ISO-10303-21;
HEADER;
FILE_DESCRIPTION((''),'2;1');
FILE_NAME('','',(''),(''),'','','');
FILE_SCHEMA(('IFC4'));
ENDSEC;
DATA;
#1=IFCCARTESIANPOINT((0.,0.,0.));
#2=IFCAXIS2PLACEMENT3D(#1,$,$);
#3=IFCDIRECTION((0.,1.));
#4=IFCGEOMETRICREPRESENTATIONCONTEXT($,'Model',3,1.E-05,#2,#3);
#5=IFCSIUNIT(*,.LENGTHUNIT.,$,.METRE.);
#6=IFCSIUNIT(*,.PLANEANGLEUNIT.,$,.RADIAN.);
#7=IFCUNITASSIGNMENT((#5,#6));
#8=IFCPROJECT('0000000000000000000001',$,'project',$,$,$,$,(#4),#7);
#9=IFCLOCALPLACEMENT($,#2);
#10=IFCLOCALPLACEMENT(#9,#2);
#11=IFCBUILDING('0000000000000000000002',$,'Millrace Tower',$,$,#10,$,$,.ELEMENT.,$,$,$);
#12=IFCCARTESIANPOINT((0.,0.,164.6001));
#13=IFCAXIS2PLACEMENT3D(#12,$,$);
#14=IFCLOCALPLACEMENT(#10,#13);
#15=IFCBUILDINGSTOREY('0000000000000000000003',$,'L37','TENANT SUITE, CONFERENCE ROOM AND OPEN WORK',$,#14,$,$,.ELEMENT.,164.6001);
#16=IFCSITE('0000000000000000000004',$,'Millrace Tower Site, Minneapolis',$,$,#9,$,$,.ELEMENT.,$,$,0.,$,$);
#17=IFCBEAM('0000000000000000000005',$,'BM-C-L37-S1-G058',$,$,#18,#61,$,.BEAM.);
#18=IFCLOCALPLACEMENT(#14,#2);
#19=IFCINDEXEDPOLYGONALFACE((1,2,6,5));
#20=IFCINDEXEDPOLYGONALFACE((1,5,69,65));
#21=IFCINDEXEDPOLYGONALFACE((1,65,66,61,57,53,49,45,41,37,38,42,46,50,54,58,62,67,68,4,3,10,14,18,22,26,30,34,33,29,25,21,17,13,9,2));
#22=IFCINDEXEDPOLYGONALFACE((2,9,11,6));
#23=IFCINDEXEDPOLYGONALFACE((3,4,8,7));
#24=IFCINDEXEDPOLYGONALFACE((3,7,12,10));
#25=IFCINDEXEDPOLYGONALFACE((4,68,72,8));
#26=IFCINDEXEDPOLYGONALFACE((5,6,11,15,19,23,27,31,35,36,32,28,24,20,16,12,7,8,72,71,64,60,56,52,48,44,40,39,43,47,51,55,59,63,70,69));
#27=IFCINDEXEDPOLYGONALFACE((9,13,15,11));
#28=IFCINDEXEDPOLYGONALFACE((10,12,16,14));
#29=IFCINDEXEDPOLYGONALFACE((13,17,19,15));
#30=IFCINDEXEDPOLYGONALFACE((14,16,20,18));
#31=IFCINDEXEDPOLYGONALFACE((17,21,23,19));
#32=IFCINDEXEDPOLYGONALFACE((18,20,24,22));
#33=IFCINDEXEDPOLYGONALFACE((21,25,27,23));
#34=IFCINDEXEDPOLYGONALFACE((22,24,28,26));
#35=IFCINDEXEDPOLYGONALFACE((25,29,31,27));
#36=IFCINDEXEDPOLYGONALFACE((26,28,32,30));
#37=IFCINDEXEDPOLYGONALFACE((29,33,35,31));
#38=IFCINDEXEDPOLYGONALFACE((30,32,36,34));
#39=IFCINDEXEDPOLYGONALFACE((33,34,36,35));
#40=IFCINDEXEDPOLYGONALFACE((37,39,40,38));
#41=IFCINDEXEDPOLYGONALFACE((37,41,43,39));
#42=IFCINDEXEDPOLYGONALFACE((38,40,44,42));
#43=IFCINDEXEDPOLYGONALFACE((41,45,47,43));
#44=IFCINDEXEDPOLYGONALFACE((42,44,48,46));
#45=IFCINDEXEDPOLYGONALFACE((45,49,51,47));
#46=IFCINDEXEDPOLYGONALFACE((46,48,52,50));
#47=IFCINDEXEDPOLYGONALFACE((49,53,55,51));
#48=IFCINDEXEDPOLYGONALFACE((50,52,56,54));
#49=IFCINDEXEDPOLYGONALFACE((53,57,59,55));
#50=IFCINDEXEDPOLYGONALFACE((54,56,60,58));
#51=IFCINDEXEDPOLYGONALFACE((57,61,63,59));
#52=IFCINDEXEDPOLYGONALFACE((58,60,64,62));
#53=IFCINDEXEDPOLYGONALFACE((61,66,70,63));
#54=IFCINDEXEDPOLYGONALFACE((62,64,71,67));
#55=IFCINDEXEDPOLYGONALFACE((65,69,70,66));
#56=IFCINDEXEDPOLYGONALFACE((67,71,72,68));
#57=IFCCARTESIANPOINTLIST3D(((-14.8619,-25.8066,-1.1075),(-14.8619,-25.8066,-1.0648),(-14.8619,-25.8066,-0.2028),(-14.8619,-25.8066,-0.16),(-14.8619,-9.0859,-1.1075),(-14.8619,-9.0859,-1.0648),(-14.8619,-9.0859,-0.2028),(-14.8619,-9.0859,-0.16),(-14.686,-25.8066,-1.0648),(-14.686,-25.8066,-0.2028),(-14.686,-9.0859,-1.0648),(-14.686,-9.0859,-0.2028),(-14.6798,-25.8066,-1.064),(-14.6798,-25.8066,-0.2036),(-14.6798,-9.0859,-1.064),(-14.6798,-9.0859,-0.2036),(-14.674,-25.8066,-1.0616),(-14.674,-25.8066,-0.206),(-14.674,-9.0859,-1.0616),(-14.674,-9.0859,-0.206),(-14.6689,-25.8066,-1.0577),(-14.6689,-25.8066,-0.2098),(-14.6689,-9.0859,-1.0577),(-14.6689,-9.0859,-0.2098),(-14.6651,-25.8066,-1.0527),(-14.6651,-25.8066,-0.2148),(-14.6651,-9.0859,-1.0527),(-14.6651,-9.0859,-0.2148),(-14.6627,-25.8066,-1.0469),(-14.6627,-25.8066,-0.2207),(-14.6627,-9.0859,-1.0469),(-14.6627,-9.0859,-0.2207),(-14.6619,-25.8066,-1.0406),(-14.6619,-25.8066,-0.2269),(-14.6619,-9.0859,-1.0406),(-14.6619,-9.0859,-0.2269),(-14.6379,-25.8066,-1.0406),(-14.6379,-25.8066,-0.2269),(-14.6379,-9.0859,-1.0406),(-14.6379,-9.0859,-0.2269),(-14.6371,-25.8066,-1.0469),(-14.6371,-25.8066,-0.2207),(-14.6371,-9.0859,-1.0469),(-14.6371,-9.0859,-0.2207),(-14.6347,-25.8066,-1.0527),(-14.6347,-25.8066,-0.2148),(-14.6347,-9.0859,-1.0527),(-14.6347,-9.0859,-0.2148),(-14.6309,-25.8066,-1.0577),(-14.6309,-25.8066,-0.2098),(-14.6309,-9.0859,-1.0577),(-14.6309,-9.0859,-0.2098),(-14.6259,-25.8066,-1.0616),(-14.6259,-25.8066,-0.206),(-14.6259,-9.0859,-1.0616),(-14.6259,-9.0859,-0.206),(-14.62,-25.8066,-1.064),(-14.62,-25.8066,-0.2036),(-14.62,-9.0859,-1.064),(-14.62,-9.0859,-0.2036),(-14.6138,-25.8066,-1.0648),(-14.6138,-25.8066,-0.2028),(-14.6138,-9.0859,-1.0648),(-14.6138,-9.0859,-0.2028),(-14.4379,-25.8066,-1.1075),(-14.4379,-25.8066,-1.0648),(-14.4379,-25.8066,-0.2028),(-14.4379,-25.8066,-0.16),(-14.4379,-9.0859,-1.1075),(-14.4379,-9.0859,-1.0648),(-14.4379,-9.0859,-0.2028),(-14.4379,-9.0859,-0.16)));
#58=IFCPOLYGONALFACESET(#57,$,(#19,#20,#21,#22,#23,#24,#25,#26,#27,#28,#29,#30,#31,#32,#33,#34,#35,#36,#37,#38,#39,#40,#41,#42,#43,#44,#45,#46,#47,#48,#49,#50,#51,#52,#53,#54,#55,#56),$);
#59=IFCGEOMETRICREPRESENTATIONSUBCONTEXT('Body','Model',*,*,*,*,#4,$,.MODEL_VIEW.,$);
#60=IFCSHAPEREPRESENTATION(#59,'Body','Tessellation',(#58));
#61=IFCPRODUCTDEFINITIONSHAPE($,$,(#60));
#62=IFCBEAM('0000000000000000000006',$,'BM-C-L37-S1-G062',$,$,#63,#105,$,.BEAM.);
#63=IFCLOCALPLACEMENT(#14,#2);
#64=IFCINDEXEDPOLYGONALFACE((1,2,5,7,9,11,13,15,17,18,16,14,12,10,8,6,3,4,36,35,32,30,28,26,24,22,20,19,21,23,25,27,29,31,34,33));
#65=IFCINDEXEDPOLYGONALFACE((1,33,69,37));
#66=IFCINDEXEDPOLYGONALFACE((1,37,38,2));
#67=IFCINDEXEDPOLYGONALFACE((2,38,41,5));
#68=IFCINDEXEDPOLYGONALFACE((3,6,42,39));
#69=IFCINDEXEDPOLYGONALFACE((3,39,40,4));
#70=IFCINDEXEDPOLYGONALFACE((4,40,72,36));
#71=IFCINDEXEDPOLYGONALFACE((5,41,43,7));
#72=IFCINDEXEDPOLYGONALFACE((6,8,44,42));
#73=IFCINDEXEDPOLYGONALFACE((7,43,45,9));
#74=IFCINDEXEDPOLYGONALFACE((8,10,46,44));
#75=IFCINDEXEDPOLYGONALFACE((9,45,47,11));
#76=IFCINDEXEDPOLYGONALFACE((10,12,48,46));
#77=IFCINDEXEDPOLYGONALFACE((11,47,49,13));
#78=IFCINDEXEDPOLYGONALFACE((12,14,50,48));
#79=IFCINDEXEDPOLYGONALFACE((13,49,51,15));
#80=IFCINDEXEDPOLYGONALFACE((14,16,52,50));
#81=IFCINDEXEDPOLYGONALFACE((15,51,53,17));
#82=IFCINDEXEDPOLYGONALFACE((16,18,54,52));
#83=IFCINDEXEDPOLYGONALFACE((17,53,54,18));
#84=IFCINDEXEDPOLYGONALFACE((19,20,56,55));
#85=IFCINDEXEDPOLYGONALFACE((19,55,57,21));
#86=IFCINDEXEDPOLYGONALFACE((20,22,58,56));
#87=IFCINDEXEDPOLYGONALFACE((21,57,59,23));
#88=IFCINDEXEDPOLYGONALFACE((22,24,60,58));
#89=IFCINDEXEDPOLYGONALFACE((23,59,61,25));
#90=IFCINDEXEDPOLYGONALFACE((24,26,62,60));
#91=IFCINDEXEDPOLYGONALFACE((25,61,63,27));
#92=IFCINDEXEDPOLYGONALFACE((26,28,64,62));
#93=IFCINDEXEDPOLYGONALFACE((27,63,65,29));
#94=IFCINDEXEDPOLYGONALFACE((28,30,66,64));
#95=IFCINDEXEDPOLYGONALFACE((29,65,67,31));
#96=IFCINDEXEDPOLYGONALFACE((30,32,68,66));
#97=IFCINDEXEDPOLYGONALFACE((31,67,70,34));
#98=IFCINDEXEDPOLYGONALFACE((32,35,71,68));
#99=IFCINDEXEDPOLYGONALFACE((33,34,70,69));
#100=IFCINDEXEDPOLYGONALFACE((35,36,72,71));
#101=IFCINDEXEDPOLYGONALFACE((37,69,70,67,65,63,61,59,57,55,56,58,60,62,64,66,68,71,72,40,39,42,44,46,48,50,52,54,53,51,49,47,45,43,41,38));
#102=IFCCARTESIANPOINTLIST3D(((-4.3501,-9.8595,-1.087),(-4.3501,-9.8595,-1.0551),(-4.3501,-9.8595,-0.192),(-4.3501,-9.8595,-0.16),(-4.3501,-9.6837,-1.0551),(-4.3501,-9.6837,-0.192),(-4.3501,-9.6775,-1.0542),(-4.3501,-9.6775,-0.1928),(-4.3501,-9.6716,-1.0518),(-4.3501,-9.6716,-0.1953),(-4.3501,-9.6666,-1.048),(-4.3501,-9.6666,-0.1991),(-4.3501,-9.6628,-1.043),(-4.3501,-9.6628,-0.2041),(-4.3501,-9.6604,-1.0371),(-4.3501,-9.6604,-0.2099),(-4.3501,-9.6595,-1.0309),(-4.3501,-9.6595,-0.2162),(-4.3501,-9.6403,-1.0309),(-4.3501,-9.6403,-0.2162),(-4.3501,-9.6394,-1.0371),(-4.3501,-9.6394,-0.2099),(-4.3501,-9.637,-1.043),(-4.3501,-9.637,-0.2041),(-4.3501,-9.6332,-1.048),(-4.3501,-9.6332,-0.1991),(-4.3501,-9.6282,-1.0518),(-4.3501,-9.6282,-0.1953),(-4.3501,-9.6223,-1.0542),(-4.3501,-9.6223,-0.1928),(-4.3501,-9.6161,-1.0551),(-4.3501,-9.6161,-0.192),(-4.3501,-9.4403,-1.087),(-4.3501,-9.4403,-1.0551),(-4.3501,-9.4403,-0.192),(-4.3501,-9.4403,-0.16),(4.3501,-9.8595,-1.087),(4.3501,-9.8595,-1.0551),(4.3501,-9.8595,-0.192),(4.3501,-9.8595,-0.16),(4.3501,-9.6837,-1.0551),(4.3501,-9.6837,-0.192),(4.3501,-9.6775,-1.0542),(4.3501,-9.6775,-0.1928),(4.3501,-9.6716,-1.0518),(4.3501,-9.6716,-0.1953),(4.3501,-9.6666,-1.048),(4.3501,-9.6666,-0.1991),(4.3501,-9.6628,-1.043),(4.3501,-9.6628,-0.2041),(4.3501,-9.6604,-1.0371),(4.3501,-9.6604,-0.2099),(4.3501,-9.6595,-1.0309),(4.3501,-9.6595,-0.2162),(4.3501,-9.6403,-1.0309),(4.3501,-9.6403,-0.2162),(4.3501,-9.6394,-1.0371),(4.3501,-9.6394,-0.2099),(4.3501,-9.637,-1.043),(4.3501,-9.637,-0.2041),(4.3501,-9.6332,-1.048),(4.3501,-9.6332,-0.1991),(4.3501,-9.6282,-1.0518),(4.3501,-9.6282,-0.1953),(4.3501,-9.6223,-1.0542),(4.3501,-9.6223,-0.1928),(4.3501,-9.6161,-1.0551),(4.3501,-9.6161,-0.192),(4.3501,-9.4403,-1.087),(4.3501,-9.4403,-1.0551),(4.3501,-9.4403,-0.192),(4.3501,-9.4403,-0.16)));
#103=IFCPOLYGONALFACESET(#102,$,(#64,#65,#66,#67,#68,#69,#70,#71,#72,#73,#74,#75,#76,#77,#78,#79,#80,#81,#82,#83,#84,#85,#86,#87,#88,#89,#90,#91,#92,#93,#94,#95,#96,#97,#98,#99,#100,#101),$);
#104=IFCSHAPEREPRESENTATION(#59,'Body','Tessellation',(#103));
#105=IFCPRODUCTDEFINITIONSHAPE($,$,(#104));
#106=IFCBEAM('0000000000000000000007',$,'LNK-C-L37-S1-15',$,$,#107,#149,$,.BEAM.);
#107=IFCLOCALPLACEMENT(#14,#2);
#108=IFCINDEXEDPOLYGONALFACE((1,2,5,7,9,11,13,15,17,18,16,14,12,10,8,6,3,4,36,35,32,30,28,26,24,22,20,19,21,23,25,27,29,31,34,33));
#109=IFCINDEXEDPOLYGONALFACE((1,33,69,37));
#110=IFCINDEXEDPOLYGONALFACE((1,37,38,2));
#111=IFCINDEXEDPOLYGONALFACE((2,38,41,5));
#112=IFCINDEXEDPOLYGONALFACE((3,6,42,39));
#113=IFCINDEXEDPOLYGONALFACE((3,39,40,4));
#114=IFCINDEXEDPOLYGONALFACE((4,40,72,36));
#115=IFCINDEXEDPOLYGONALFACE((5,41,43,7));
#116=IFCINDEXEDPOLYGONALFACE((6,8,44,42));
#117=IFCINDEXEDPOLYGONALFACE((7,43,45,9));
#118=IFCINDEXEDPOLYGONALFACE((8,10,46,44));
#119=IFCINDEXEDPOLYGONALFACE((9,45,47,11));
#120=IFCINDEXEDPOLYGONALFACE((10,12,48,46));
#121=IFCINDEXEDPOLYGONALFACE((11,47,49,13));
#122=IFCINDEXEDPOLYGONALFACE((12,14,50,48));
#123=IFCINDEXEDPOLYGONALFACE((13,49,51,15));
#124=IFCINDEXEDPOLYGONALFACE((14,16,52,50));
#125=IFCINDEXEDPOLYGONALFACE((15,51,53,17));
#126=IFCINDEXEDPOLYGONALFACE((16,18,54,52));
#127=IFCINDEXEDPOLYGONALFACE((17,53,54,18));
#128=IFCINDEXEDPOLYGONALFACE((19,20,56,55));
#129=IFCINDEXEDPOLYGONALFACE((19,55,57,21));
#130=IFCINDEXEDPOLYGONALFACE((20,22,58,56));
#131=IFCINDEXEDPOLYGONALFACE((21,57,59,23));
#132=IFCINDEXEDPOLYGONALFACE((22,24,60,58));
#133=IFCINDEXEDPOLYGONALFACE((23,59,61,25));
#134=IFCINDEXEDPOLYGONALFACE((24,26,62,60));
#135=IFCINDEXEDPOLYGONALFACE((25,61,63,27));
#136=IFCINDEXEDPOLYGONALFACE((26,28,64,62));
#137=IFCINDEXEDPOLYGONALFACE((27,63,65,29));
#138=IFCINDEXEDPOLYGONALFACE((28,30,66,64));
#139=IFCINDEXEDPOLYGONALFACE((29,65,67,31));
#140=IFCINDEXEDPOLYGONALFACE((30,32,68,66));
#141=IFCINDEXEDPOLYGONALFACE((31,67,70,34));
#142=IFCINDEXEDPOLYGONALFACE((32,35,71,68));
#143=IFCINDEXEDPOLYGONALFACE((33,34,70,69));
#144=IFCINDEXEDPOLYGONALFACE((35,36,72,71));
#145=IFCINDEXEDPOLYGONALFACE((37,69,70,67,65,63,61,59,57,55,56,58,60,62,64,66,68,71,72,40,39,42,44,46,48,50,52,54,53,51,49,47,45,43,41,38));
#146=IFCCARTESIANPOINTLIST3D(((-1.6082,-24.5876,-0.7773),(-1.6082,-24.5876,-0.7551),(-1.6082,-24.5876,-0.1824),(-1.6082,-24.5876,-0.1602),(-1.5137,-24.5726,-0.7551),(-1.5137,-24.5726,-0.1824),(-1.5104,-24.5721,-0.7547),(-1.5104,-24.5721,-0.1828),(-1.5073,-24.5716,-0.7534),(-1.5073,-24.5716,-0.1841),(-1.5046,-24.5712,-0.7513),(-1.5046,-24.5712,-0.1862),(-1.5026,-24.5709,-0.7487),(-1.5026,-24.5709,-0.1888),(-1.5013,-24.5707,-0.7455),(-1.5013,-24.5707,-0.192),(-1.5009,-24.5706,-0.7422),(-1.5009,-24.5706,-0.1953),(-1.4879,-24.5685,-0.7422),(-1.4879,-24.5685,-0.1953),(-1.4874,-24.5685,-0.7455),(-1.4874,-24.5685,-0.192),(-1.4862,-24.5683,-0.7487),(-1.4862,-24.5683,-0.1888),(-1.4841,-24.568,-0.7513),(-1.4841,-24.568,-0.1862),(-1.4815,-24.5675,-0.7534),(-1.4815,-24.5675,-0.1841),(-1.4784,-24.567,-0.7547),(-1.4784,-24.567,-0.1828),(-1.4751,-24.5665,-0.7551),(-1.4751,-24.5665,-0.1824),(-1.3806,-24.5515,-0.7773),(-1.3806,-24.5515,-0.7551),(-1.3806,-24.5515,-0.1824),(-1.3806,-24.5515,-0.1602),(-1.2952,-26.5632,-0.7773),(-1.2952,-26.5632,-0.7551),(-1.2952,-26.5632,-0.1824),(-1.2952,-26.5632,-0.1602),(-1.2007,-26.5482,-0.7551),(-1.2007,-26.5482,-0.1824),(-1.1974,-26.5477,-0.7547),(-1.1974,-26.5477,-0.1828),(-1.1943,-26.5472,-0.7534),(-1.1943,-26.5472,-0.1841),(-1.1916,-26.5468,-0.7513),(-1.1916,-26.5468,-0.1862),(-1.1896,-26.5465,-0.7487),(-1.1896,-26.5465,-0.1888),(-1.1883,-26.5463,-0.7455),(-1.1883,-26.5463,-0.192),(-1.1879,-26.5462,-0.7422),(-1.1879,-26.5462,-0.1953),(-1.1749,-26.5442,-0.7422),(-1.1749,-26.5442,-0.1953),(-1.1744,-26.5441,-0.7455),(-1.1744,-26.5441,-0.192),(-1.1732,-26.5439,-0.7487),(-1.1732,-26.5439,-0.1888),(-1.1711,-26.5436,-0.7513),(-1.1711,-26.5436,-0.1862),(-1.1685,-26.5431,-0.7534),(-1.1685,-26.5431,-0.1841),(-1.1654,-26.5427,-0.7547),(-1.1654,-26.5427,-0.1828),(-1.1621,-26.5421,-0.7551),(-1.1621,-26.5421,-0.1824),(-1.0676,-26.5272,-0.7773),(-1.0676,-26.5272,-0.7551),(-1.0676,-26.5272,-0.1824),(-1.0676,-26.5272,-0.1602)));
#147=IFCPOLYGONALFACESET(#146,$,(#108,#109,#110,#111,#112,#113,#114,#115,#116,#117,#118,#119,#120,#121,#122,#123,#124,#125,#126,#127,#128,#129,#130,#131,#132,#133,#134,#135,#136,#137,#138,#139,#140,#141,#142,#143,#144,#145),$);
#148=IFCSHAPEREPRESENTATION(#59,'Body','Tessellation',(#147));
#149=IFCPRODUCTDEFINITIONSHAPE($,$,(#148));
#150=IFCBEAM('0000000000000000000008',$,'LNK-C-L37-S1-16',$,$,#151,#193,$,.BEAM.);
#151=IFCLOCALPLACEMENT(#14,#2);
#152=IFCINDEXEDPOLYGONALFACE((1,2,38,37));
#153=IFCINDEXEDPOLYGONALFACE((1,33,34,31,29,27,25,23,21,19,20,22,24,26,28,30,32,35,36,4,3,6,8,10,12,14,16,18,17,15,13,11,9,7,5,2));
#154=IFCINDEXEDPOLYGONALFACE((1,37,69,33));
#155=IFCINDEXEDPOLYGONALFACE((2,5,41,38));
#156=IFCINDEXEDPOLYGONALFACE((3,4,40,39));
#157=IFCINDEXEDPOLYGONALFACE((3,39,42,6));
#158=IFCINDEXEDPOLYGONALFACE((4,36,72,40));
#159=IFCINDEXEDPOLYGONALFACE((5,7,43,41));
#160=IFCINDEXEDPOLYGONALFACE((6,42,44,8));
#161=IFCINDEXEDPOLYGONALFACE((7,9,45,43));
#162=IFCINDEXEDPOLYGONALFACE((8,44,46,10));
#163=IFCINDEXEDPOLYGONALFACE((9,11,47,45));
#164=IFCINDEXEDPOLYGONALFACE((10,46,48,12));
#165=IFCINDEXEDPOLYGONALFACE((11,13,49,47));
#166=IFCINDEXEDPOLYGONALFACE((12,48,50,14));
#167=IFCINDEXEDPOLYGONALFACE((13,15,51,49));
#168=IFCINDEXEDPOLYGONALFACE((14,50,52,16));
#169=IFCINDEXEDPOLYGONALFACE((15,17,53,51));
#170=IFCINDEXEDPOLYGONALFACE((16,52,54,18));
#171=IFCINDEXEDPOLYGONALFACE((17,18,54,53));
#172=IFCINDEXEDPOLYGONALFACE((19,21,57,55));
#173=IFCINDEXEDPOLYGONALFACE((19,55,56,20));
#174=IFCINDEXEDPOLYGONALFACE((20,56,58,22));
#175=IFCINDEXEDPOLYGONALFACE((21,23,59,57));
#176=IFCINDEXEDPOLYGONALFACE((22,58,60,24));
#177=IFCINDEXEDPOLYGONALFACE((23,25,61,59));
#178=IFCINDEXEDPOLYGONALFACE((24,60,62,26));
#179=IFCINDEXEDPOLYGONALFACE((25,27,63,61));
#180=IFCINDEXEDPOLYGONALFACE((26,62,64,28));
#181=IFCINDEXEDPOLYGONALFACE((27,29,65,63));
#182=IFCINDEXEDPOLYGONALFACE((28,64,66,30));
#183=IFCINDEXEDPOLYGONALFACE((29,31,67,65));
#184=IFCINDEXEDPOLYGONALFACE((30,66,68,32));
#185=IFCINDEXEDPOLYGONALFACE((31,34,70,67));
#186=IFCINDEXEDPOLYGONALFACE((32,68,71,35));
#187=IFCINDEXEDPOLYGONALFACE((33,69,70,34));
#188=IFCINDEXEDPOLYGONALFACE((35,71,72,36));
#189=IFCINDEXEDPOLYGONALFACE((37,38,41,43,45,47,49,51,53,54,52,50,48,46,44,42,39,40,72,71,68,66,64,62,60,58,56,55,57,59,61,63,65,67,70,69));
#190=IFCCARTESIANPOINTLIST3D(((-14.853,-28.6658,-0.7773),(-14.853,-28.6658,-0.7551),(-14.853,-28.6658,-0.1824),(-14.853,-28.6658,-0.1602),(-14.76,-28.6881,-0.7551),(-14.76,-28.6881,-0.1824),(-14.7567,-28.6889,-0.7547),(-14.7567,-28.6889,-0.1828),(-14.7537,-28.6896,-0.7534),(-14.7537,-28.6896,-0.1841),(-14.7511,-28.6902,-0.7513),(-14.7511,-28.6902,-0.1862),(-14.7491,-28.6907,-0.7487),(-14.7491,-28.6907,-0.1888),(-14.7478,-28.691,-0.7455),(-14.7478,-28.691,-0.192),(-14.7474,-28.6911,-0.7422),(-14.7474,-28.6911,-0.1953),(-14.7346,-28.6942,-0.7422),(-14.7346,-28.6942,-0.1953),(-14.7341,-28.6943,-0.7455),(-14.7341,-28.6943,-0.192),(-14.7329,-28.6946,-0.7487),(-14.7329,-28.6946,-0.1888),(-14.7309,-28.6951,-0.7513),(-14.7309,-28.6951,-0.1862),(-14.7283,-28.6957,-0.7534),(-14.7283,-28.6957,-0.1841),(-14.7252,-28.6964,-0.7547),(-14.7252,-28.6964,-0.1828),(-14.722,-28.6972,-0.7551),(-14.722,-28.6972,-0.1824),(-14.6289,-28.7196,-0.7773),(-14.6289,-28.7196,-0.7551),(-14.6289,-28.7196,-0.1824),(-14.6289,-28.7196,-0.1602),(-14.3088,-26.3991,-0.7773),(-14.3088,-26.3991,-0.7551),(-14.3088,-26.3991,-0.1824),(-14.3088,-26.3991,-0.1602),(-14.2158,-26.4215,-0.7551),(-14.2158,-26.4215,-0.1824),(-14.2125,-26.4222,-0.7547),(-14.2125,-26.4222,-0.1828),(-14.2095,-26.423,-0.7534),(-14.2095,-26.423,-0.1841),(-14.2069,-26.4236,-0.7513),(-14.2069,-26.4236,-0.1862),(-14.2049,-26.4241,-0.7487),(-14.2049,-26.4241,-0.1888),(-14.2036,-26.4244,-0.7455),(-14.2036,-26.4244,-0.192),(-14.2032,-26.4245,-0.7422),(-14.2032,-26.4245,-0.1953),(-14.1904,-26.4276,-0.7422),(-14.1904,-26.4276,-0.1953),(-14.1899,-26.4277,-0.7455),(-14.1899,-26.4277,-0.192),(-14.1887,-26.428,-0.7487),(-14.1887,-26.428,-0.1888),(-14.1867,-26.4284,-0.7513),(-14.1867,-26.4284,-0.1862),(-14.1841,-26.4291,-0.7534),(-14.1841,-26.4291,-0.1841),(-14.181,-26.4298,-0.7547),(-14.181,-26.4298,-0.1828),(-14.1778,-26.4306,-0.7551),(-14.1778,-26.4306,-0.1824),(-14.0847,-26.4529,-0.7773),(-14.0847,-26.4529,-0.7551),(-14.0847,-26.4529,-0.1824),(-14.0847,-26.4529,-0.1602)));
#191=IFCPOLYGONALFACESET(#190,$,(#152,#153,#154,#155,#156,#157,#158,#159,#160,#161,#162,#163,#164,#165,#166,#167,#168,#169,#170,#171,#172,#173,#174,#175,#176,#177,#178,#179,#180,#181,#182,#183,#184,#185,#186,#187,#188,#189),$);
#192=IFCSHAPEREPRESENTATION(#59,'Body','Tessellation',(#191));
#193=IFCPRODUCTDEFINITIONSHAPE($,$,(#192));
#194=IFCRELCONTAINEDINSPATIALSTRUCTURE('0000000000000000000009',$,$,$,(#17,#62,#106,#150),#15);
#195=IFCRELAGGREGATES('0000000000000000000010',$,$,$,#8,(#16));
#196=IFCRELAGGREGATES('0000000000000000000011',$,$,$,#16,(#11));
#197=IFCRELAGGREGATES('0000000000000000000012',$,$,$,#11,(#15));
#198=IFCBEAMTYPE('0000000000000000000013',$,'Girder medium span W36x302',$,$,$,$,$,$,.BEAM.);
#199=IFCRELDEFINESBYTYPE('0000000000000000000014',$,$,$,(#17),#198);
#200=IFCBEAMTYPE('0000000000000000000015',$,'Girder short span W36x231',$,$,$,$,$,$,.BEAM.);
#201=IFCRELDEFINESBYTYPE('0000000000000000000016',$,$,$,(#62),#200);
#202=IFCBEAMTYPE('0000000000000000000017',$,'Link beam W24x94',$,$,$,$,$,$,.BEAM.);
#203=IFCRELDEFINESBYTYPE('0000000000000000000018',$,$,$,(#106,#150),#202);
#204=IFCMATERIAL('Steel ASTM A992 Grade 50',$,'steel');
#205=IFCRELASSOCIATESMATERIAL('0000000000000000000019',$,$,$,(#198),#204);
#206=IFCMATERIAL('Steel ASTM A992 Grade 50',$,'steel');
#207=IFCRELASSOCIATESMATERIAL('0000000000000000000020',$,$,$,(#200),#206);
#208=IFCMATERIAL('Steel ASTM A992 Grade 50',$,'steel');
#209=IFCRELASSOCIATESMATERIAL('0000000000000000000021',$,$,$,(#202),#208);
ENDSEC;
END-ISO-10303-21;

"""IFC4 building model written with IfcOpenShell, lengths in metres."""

from ifc_helpers import new_model, si_unit, direction, frame, origin, origin_2d, place, context, subcontext, project, spatial, i_section, extrude, material, material_profile, profile_set, type_object, element, save


model = new_model("IFC4")

# Units and contexts
model_context = context("Model", 3, precision=1e-05, world=origin(), true_north=direction((0.0, 1.0)))
body_context = subcontext(model_context, "Body", "Model", "MODEL_VIEW")
ifc_project = project(units=[si_unit("LENGTHUNIT", "METRE"), si_unit("PLANEANGLEUNIT", "RADIAN")], contexts=[model_context])

# Site, building, storey
site_placement = place(None, origin())
site = spatial("IfcSite", under=ifc_project, at=site_placement, Name="Millrace Tower Site, Minneapolis", CompositionType="ELEMENT", RefElevation=0.0)
building_placement = place(site_placement, origin())
building = spatial("IfcBuilding", under=site, at=building_placement, Name="Millrace Tower", CompositionType="ELEMENT")
storey_placement = place(building_placement, frame((0.0, 0.0, 164.6001)))
storey = spatial("IfcBuildingStorey", under=building, at=storey_placement, Name="L37", Description="TENANT SUITE, CONFERENCE ROOM AND OPEN WORK", CompositionType="ELEMENT", Elevation=164.6001)

# Beams
ifc_material_1 = material(Name="Steel ASTM A992 Grade 50", Category="steel")
ifc_material_profile_1 = material_profile(ifc_material_1, i_section(OverallWidth=0.4241, OverallDepth=0.9475, WebThickness=0.0239, FlangeThickness=0.0427, FilletRadius=0.0242, at=origin_2d()))
ifc_profile_set_1 = profile_set([ifc_material_profile_1], Name="Steel ASTM A992 Grade 50")
beam_type_1 = type_object("IfcBeamType", Name="Girder medium span W36x302", PredefinedType="BEAM", material=ifc_profile_set_1)
beam_1_placement = place(storey_placement, frame((-14.6499, -25.8066, -0.6338), z_axis=(0.0, 1.0, 0.0), x_axis=(-1.0, 0.0, 0.0)))
element("IfcBeam", 1, at=beam_1_placement, inside=storey, type_object=beam_type_1, Name="BM-C-L37-S1-G058", PredefinedType="BEAM", context=body_context, shape_type="SweptSolid", body=[
    extrude(i_section(OverallWidth=0.4241, OverallDepth=0.9475, WebThickness=0.0239, FlangeThickness=0.0427, FilletRadius=0.0242, at=origin_2d()), origin(), (0.0, 0.0, 1.0), 16.7207),
])
ifc_material_2 = material(Name="Steel ASTM A992 Grade 50", Category="steel")
ifc_material_profile_2 = material_profile(ifc_material_2, i_section(OverallWidth=0.4192, OverallDepth=0.927, WebThickness=0.0193, FlangeThickness=0.032, FilletRadius=0.0242, at=origin_2d()))
ifc_profile_set_2 = profile_set([ifc_material_profile_2], Name="Steel ASTM A992 Grade 50")
beam_type_2 = type_object("IfcBeamType", Name="Girder short span W36x231", PredefinedType="BEAM", material=ifc_profile_set_2)
beam_2_placement = place(storey_placement, frame((-4.3501, -9.6499, -0.6235), z_axis=(1.0, 0.0, 0.0), x_axis=(0.0, 1.0, 0.0)))
element("IfcBeam", 2, at=beam_2_placement, inside=storey, type_object=beam_type_2, Name="BM-C-L37-S1-G062", PredefinedType="BEAM", context=body_context, shape_type="SweptSolid", body=[
    extrude(i_section(OverallWidth=0.4192, OverallDepth=0.927, WebThickness=0.0193, FlangeThickness=0.032, FilletRadius=0.0242, at=origin_2d()), origin(), (0.0, 0.0, 1.0), 8.7002),
])
ifc_material_3 = material(Name="Steel ASTM A992 Grade 50", Category="steel")
ifc_material_profile_3 = material_profile(ifc_material_3, i_section(OverallWidth=0.2305, OverallDepth=0.6172, WebThickness=0.0132, FlangeThickness=0.0222, FilletRadius=0.0129, at=origin_2d()))
ifc_profile_set_3 = profile_set([ifc_material_profile_3], Name="Steel ASTM A992 Grade 50")
beam_type_3 = type_object("IfcBeamType", Name="Link beam W24x94", PredefinedType="BEAM", material=ifc_profile_set_3)
beam_3_placement = place(storey_placement, frame((-1.4944, -24.5696, -0.4688), z_axis=(0.156477, -0.987682, 0.0), x_axis=(0.987682, 0.156477, 0.0)))
element("IfcBeam", 3, at=beam_3_placement, inside=storey, type_object=beam_type_3, Name="LNK-C-L37-S1-15", PredefinedType="BEAM", context=body_context, shape_type="SweptSolid", body=[
    extrude(i_section(OverallWidth=0.2305, OverallDepth=0.6172, WebThickness=0.0132, FlangeThickness=0.0222, FilletRadius=0.0129, at=origin_2d()), origin(), (0.0, 0.0, 1.0), 2.0002),
])
beam_4_placement = place(storey_placement, frame((-14.1968, -26.426, -0.4688), z_axis=(-0.233456, -0.972367, 0.0), x_axis=(0.972367, -0.233456, 0.0)))
element("IfcBeam", 4, at=beam_4_placement, inside=storey, type_object=beam_type_3, Name="LNK-C-L37-S1-16", PredefinedType="BEAM", context=body_context, shape_type="SweptSolid", body=[
    extrude(i_section(OverallWidth=0.2305, OverallDepth=0.6172, WebThickness=0.0132, FlangeThickness=0.0222, FilletRadius=0.0129, at=origin_2d()), origin(), (0.0, 0.0, 1.0), 2.3311),
])

save(model, "model.ifc")
